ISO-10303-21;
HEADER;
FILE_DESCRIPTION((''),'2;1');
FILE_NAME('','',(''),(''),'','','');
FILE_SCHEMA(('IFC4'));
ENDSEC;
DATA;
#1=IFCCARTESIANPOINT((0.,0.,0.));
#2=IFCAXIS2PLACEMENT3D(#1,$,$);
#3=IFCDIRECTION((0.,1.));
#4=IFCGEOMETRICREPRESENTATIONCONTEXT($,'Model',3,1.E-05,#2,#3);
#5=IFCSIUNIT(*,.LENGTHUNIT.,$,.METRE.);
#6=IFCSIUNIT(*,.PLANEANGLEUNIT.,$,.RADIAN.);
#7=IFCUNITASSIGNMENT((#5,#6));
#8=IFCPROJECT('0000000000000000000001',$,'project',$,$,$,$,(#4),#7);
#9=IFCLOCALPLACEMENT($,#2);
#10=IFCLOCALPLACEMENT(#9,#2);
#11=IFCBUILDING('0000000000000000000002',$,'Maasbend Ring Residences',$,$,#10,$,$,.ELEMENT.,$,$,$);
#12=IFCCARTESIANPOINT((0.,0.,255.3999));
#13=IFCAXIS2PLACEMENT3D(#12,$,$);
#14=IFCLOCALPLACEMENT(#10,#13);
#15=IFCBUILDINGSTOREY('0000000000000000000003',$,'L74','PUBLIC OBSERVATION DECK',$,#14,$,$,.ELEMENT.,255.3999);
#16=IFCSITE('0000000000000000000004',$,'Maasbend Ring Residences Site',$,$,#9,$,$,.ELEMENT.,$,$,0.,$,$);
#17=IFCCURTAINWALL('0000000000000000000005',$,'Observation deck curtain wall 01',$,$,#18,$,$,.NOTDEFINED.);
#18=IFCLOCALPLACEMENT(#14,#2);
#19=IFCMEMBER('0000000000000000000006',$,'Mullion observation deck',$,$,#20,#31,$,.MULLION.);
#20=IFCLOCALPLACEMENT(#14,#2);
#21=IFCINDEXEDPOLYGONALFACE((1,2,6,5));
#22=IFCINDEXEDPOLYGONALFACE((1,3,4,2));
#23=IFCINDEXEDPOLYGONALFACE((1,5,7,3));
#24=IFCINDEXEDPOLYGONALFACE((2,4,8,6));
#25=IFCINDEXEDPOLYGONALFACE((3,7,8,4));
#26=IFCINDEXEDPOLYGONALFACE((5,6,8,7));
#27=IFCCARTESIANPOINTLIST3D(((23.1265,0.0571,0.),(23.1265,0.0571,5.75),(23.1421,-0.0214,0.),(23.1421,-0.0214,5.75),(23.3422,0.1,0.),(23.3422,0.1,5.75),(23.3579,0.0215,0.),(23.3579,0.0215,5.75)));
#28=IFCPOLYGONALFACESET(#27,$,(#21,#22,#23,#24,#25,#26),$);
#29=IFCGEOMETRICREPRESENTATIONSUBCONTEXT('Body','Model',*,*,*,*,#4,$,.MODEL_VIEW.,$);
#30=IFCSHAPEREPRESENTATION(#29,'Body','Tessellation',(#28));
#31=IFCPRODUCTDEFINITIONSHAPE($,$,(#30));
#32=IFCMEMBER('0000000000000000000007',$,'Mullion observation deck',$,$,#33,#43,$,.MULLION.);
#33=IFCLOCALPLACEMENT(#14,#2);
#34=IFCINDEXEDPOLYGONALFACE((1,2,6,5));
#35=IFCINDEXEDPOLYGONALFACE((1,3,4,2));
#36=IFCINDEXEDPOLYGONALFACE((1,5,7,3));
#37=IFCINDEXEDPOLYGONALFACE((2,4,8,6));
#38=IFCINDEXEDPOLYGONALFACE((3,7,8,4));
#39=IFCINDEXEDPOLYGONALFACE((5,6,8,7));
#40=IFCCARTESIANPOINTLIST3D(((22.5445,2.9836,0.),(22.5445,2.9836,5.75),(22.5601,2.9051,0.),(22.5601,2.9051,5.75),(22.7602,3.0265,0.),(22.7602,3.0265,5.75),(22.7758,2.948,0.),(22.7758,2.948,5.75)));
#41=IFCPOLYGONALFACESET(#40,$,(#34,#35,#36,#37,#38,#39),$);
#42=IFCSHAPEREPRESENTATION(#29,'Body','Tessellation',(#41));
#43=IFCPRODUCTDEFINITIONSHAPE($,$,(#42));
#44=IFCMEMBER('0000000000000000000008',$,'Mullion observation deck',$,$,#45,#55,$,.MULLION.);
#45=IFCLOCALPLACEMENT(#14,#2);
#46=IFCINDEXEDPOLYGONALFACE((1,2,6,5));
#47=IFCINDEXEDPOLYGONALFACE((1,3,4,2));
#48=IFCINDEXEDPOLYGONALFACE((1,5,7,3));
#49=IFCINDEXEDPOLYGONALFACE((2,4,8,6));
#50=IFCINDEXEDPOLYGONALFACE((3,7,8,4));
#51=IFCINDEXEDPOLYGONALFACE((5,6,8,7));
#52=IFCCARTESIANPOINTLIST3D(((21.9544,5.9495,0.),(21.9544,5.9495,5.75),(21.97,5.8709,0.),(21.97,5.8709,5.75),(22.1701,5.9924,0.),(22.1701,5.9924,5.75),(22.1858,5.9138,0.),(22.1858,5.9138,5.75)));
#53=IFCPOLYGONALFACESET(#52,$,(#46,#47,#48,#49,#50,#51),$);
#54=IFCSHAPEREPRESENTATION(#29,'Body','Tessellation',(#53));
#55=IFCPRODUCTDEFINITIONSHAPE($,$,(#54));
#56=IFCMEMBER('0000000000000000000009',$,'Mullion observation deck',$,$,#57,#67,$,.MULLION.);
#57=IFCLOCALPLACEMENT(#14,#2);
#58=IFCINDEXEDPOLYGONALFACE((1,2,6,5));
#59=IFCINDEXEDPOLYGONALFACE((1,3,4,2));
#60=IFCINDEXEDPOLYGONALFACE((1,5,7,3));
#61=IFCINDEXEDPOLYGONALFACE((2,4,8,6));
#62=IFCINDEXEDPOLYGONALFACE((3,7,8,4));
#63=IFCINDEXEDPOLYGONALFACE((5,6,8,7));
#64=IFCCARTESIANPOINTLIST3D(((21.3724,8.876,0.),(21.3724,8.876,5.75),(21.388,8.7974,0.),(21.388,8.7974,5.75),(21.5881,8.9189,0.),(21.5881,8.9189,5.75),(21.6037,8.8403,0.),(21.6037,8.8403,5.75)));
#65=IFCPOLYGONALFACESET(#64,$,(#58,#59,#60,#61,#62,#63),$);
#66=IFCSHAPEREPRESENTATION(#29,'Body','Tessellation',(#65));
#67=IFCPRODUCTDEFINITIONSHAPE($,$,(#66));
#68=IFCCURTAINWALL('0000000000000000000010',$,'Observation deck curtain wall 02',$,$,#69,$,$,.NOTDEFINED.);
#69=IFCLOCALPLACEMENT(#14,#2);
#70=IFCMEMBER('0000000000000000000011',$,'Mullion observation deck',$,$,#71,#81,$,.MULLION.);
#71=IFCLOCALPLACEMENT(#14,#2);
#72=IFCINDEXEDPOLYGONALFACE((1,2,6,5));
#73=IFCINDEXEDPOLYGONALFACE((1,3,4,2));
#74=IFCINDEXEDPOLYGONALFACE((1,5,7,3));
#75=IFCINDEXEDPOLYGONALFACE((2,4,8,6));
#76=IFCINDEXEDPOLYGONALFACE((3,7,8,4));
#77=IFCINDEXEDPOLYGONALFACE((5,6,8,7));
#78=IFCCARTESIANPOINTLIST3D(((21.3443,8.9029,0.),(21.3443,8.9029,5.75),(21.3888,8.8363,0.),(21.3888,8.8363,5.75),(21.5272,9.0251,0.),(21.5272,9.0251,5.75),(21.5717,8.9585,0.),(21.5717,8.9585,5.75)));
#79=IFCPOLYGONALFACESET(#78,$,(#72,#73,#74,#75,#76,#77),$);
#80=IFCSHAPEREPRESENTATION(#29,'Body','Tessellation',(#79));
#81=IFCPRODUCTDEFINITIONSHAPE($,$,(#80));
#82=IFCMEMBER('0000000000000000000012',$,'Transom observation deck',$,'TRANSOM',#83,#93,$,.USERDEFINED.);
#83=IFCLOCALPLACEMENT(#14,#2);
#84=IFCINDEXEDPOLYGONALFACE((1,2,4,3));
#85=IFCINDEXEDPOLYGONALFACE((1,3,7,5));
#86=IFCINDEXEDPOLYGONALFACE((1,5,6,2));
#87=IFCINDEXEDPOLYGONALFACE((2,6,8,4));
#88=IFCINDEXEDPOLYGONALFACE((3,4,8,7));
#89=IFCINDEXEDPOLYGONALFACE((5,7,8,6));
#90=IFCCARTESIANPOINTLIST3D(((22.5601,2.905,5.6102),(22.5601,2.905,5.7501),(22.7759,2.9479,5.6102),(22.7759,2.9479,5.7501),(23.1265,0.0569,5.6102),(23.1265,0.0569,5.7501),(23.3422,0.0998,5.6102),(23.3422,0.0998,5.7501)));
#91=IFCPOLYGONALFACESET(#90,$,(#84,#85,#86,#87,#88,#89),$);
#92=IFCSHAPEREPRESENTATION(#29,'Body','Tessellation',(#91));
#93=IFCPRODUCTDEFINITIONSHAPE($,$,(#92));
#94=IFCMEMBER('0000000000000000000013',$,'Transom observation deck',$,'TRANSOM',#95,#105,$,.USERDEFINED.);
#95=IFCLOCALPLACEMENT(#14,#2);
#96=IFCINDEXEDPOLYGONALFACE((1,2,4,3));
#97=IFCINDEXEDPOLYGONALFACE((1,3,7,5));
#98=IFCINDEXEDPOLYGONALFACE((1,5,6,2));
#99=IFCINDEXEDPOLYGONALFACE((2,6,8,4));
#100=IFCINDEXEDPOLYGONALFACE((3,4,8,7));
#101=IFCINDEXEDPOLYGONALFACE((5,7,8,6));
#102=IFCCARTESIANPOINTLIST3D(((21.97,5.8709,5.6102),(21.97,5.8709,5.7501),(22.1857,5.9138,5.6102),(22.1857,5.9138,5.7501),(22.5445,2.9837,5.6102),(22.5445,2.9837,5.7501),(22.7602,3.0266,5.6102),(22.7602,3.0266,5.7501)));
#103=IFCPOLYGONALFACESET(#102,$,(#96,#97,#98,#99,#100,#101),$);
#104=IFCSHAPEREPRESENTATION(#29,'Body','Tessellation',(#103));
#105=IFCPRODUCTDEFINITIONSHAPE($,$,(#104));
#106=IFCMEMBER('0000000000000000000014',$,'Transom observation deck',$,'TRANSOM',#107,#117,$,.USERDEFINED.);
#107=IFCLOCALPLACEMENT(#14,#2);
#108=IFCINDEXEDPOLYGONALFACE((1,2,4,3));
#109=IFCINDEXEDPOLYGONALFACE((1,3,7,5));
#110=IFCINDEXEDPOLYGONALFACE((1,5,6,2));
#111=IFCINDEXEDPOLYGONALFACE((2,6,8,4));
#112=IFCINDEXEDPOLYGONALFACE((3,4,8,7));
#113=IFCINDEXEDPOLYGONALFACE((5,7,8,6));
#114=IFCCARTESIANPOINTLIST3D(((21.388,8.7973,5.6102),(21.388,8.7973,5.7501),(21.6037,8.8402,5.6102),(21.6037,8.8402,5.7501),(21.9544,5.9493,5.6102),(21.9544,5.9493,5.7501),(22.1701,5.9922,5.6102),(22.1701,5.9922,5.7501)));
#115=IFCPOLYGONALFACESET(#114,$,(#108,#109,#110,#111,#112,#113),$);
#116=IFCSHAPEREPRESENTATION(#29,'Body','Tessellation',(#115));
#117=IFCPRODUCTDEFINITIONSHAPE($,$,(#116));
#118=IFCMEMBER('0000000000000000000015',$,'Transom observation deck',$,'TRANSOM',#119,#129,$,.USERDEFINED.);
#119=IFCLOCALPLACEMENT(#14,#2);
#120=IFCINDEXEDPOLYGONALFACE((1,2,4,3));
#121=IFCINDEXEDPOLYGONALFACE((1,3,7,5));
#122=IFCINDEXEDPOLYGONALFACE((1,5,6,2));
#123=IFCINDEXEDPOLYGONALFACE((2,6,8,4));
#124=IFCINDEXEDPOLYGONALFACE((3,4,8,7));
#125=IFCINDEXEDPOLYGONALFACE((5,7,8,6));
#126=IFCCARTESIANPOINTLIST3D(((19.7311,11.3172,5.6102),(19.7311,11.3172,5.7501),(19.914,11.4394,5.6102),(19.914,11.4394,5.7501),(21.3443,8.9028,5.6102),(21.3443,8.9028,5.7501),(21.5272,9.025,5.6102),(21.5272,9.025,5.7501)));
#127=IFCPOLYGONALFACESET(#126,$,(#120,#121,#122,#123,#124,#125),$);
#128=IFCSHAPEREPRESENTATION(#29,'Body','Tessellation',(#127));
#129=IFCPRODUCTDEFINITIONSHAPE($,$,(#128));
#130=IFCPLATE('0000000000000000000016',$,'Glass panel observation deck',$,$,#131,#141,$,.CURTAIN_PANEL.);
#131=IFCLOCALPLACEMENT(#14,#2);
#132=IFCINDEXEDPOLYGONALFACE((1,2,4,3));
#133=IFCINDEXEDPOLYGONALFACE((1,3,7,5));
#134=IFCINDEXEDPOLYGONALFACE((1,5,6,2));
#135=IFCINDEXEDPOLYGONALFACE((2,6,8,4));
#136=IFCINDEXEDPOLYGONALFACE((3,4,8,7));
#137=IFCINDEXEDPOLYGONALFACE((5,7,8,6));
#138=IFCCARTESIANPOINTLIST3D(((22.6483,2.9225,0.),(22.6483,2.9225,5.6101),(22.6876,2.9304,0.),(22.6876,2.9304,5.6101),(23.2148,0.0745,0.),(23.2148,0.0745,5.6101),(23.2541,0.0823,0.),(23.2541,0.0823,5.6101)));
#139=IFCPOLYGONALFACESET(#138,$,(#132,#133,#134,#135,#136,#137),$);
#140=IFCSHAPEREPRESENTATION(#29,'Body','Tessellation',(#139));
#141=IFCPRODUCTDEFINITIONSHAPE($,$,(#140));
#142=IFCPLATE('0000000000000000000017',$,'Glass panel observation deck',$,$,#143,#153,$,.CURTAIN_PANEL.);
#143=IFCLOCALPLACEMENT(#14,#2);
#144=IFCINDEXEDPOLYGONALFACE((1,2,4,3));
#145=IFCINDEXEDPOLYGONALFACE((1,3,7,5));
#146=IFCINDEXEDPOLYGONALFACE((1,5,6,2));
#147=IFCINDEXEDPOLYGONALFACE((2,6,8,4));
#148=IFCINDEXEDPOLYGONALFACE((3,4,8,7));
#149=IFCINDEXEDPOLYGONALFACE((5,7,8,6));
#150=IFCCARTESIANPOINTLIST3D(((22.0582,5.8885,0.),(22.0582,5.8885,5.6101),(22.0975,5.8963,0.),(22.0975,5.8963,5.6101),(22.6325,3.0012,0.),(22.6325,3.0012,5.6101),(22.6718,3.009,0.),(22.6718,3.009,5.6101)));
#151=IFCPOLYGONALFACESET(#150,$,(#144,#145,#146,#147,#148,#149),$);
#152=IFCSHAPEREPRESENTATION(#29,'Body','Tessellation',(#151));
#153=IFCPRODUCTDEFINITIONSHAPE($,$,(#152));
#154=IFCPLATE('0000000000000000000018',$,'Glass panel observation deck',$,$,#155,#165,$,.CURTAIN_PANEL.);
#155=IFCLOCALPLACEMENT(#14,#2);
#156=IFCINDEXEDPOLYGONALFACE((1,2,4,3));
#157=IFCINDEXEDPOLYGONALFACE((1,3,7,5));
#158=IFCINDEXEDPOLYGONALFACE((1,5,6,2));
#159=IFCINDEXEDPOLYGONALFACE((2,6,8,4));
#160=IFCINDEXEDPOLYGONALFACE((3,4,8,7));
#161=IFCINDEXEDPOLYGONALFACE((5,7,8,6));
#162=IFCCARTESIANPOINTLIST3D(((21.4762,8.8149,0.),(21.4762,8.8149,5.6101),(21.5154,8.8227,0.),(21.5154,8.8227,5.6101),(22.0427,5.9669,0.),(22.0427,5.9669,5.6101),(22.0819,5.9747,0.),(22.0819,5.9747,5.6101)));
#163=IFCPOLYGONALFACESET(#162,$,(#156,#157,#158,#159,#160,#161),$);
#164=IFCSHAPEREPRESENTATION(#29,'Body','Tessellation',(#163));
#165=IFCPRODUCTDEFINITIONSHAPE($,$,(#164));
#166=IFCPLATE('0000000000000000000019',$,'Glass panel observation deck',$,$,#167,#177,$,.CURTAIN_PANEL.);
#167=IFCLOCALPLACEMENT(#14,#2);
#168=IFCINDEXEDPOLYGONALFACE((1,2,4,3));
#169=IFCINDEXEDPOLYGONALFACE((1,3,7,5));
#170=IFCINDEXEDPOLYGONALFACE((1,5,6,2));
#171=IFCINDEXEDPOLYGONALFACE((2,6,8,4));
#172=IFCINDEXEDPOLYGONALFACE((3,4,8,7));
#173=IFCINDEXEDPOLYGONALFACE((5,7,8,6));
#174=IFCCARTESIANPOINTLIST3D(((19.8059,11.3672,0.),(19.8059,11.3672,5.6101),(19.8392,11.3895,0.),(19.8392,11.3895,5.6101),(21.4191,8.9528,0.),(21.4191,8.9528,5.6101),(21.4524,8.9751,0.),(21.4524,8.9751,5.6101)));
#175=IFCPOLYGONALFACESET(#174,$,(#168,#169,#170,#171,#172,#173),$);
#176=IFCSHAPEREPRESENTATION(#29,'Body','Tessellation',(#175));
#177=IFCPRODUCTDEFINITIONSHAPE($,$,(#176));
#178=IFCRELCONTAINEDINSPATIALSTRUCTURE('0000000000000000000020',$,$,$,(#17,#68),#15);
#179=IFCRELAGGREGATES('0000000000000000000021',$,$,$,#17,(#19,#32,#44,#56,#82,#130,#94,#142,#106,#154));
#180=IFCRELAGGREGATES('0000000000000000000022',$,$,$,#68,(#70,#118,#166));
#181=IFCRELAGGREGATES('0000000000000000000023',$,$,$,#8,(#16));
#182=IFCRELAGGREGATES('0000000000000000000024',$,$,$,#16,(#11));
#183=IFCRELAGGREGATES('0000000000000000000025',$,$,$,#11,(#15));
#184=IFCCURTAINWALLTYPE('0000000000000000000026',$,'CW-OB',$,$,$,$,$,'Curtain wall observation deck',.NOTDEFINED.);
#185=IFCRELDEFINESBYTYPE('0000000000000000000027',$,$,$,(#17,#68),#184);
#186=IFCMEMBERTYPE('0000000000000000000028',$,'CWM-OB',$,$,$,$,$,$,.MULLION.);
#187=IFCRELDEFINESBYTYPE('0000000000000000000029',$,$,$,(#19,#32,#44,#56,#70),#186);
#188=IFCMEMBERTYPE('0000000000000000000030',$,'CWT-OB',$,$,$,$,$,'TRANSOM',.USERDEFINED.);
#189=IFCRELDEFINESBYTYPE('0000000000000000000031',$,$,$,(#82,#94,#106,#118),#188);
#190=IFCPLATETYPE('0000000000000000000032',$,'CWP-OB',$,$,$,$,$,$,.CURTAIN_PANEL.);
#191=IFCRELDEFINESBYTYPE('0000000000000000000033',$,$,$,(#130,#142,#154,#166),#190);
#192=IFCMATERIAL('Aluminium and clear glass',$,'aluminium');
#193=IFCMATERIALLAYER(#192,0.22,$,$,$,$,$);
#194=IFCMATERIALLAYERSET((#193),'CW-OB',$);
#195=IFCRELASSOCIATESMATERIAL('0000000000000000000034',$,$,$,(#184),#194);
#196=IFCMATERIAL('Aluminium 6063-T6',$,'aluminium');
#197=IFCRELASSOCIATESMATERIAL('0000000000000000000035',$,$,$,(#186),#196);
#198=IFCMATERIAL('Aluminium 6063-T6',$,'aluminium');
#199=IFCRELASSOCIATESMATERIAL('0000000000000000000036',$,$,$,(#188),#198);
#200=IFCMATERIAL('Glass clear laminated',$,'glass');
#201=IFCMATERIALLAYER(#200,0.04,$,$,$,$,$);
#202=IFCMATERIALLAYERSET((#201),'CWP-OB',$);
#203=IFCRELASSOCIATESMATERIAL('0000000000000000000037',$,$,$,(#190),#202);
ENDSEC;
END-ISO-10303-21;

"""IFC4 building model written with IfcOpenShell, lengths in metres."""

from ifc_helpers import new_model, si_unit, direction, frame, origin, origin_2d, place, context, subcontext, project, spatial, rectangle, extrude, material, layer, layer_set, material_profile, profile_set, type_object, element, aggregate, save


model = new_model("IFC4")

# Units and contexts
model_context = context("Model", 3, precision=1e-05, world=origin(), true_north=direction((0.0, 1.0)))
body_context = subcontext(model_context, "Body", "Model", "MODEL_VIEW")
ifc_project = project(units=[si_unit("LENGTHUNIT", "METRE"), si_unit("PLANEANGLEUNIT", "RADIAN")], contexts=[model_context])

# Site, building, storey
site_placement = place(None, origin())
site = spatial("IfcSite", under=ifc_project, at=site_placement, Name="Maasbend Ring Residences Site", CompositionType="ELEMENT", RefElevation=0.0)
building_placement = place(site_placement, origin())
building = spatial("IfcBuilding", under=site, at=building_placement, Name="Maasbend Ring Residences", CompositionType="ELEMENT")
storey_placement = place(building_placement, frame((0.0, 0.0, 255.3999)))
storey = spatial("IfcBuildingStorey", under=building, at=storey_placement, Name="L74", Description="PUBLIC OBSERVATION DECK", CompositionType="ELEMENT", Elevation=255.3999)

# Curtain wall, members
ifc_material_1 = material(Name="Aluminium and clear glass", Category="aluminium")
ifc_layer_1 = layer(ifc_material_1, 0.22)
ifc_layer_set_1 = layer_set([ifc_layer_1], Name="CW-OB")
curtain_wall_type = type_object("IfcCurtainWallType", Name="CW-OB", ElementType="Curtain wall observation deck", PredefinedType="NOTDEFINED", material=ifc_layer_set_1)
curtain_wall_1_placement = place(storey_placement, origin())
curtain_wall_1 = element("IfcCurtainWall", 1, at=curtain_wall_1_placement, inside=storey, type_object=curtain_wall_type, Name="Observation deck curtain wall 01", PredefinedType="NOTDEFINED")
ifc_material_2 = material(Name="Aluminium 6063-T6", Category="aluminium")
ifc_material_profile_1 = material_profile(ifc_material_2, rectangle(XDim=0.22, YDim=0.0801, at=origin_2d()), Name="AL 220x80")
ifc_profile_set_1 = profile_set([ifc_material_profile_1], Name="Aluminium 6063-T6")
member_type_1 = type_object("IfcMemberType", Name="CWM-OB", PredefinedType="MULLION", material=ifc_profile_set_1)
member_1_placement = place(storey_placement, frame((23.2422, 0.0393, 0.0), z_axis=(0.0, 0.0, 1.0), x_axis=(-0.980785, -0.19509, 0.0)))
member_1 = element("IfcMember", 2, at=member_1_placement, type_object=member_type_1, Name="Mullion observation deck", PredefinedType="MULLION", context=body_context, shape_type="SweptSolid", body=[
    extrude(rectangle(XDim=0.22, YDim=0.0801, at=origin_2d()), origin(), (0.0, 0.0, 1.0), 5.75),
])
member_2_placement = place(storey_placement, frame((22.6602, 2.9658, 0.0), z_axis=(0.0, 0.0, 1.0), x_axis=(-0.980785, -0.19509, 0.0)))
member_2 = element("IfcMember", 3, at=member_2_placement, type_object=member_type_1, Name="Mullion observation deck", PredefinedType="MULLION", context=body_context, shape_type="SweptSolid", body=[
    extrude(rectangle(XDim=0.22, YDim=0.0801, at=origin_2d()), origin(), (0.0, 0.0, 1.0), 5.75),
])
member_3_placement = place(storey_placement, frame((22.0701, 5.9316, 0.0), z_axis=(0.0, 0.0, 1.0), x_axis=(-0.980785, -0.19509, 0.0)))
member_3 = element("IfcMember", 4, at=member_3_placement, type_object=member_type_1, Name="Mullion observation deck", PredefinedType="MULLION", context=body_context, shape_type="SweptSolid", body=[
    extrude(rectangle(XDim=0.22, YDim=0.0801, at=origin_2d()), origin(), (0.0, 0.0, 1.0), 5.75),
])
member_4_placement = place(storey_placement, frame((21.488, 8.8582, 0.0), z_axis=(0.0, 0.0, 1.0), x_axis=(-0.980785, -0.19509, 0.0)))
member_4 = element("IfcMember", 5, at=member_4_placement, type_object=member_type_1, Name="Mullion observation deck", PredefinedType="MULLION", context=body_context, shape_type="SweptSolid", body=[
    extrude(rectangle(XDim=0.22, YDim=0.0801, at=origin_2d()), origin(), (0.0, 0.0, 1.0), 5.75),
])

# Curtain wall, member
curtain_wall_2_placement = place(storey_placement, origin())
curtain_wall_2 = element("IfcCurtainWall", 6, at=curtain_wall_2_placement, inside=storey, type_object=curtain_wall_type, Name="Observation deck curtain wall 02", PredefinedType="NOTDEFINED")
member_5_placement = place(storey_placement, frame((21.458, 8.9307, 0.0), z_axis=(0.0, 0.0, 1.0), x_axis=(-0.83147, -0.55557, 0.0)))
member_5 = element("IfcMember", 7, at=member_5_placement, type_object=member_type_1, Name="Mullion observation deck", PredefinedType="MULLION", context=body_context, shape_type="SweptSolid", body=[
    extrude(rectangle(XDim=0.22, YDim=0.0801, at=origin_2d()), origin(), (0.0, 0.0, 1.0), 5.75),
])

# Members
ifc_material_3 = material(Name="Aluminium 6063-T6", Category="aluminium")
ifc_material_profile_2 = material_profile(ifc_material_3, rectangle(XDim=0.22, YDim=0.1399, at=origin_2d()), Name="AL 220x140")
ifc_profile_set_2 = profile_set([ifc_material_profile_2], Name="Aluminium 6063-T6")
member_type_2 = type_object("IfcMemberType", Name="CWT-OB", ElementType="TRANSOM", PredefinedType="USERDEFINED", material=ifc_profile_set_2)
member_6_placement = place(storey_placement, frame((23.2344, 0.0784, 5.6802), z_axis=(-0.195049, 0.980794, 0.0), x_axis=(-0.980794, -0.195049, 0.0)))
member_6 = element("IfcMember", 8, at=member_6_placement, type_object=member_type_2, Name="Transom observation deck", ObjectType="TRANSOM", PredefinedType="USERDEFINED", context=body_context, shape_type="SweptSolid", body=[
    extrude(rectangle(XDim=0.22, YDim=0.1399, at=origin_2d()), origin(), (0.0, 0.0, 1.0), 2.9038),
])
member_7_placement = place(storey_placement, frame((22.6523, 3.0051, 5.6802), z_axis=(-0.195143, 0.980775, 0.0), x_axis=(-0.980775, -0.195143, 0.0)))
member_7 = element("IfcMember", 9, at=member_7_placement, type_object=member_type_2, Name="Transom observation deck", ObjectType="TRANSOM", PredefinedType="USERDEFINED", context=body_context, shape_type="SweptSolid", body=[
    extrude(rectangle(XDim=0.22, YDim=0.1399, at=origin_2d()), origin(), (0.0, 0.0, 1.0), 2.9438),
])
member_8_placement = place(storey_placement, frame((22.0623, 5.9707, 5.6802), z_axis=(-0.195049, 0.980794, 0.0), x_axis=(-0.980794, -0.195049, 0.0)))
member_8 = element("IfcMember", 10, at=member_8_placement, type_object=member_type_2, Name="Transom observation deck", ObjectType="TRANSOM", PredefinedType="USERDEFINED", context=body_context, shape_type="SweptSolid", body=[
    extrude(rectangle(XDim=0.22, YDim=0.1399, at=origin_2d()), origin(), (0.0, 0.0, 1.0), 2.9038),
])
member_9_placement = place(storey_placement, frame((21.4358, 8.9639, 5.6802), z_axis=(-0.555554, 0.831481, 0.0), x_axis=(-0.831481, -0.555554, 0.0)))
member_9 = element("IfcMember", 11, at=member_9_placement, type_object=member_type_2, Name="Transom observation deck", ObjectType="TRANSOM", PredefinedType="USERDEFINED", context=body_context, shape_type="SweptSolid", body=[
    extrude(rectangle(XDim=0.22, YDim=0.1399, at=origin_2d()), origin(), (0.0, 0.0, 1.0), 2.9038),
])

# Plates
ifc_material_4 = material(Name="Glass clear laminated", Category="glass")
ifc_layer_2 = layer(ifc_material_4, 0.04)
ifc_layer_set_2 = layer_set([ifc_layer_2], Name="CWP-OB")
plate_type = type_object("IfcPlateType", Name="CWP-OB", PredefinedType="CURTAIN_PANEL", material=ifc_layer_set_2)
plate_1_placement = place(storey_placement, frame((22.9512, 1.5024, 0.0), z_axis=(0.0, 0.0, 1.0), x_axis=(-0.19509, 0.980785, 0.0)))
plate_1 = element("IfcPlate", 12, at=plate_1_placement, type_object=plate_type, Name="Glass panel observation deck", PredefinedType="CURTAIN_PANEL", context=body_context, shape_type="SweptSolid", body=[
    extrude(rectangle(XDim=2.9038, YDim=0.04, at=origin_2d()), origin(), (0.0, 0.0, 1.0), 5.6101),
])
plate_2_placement = place(storey_placement, frame((22.365, 4.4487, 0.0), z_axis=(0.0, 0.0, 1.0), x_axis=(-0.19509, 0.980785, 0.0)))
plate_2 = element("IfcPlate", 13, at=plate_2_placement, type_object=plate_type, Name="Glass panel observation deck", PredefinedType="CURTAIN_PANEL", context=body_context, shape_type="SweptSolid", body=[
    extrude(rectangle(XDim=2.9438, YDim=0.04, at=origin_2d()), origin(), (0.0, 0.0, 1.0), 5.6101),
])
plate_3_placement = place(storey_placement, frame((21.7791, 7.3948, 0.0), z_axis=(0.0, 0.0, 1.0), x_axis=(-0.19509, 0.980785, 0.0)))
plate_3 = element("IfcPlate", 14, at=plate_3_placement, type_object=plate_type, Name="Glass panel observation deck", PredefinedType="CURTAIN_PANEL", context=body_context, shape_type="SweptSolid", body=[
    extrude(rectangle(XDim=2.9038, YDim=0.04, at=origin_2d()), origin(), (0.0, 0.0, 1.0), 5.6101),
])
aggregate(curtain_wall_1, [member_1, member_2, member_3, member_4, member_6, plate_1, member_7, plate_2, member_8, plate_3])
plate_4_placement = place(storey_placement, frame((20.6292, 10.1711, 0.0), z_axis=(0.0, 0.0, 1.0), x_axis=(-0.55557, 0.83147, 0.0)))
plate_4 = element("IfcPlate", 15, at=plate_4_placement, type_object=plate_type, Name="Glass panel observation deck", PredefinedType="CURTAIN_PANEL", context=body_context, shape_type="SweptSolid", body=[
    extrude(rectangle(XDim=2.9038, YDim=0.04, at=origin_2d()), origin(), (0.0, 0.0, 1.0), 5.6101),
])
aggregate(curtain_wall_2, [member_5, member_9, plate_4])

save(model, "model.ifc")
